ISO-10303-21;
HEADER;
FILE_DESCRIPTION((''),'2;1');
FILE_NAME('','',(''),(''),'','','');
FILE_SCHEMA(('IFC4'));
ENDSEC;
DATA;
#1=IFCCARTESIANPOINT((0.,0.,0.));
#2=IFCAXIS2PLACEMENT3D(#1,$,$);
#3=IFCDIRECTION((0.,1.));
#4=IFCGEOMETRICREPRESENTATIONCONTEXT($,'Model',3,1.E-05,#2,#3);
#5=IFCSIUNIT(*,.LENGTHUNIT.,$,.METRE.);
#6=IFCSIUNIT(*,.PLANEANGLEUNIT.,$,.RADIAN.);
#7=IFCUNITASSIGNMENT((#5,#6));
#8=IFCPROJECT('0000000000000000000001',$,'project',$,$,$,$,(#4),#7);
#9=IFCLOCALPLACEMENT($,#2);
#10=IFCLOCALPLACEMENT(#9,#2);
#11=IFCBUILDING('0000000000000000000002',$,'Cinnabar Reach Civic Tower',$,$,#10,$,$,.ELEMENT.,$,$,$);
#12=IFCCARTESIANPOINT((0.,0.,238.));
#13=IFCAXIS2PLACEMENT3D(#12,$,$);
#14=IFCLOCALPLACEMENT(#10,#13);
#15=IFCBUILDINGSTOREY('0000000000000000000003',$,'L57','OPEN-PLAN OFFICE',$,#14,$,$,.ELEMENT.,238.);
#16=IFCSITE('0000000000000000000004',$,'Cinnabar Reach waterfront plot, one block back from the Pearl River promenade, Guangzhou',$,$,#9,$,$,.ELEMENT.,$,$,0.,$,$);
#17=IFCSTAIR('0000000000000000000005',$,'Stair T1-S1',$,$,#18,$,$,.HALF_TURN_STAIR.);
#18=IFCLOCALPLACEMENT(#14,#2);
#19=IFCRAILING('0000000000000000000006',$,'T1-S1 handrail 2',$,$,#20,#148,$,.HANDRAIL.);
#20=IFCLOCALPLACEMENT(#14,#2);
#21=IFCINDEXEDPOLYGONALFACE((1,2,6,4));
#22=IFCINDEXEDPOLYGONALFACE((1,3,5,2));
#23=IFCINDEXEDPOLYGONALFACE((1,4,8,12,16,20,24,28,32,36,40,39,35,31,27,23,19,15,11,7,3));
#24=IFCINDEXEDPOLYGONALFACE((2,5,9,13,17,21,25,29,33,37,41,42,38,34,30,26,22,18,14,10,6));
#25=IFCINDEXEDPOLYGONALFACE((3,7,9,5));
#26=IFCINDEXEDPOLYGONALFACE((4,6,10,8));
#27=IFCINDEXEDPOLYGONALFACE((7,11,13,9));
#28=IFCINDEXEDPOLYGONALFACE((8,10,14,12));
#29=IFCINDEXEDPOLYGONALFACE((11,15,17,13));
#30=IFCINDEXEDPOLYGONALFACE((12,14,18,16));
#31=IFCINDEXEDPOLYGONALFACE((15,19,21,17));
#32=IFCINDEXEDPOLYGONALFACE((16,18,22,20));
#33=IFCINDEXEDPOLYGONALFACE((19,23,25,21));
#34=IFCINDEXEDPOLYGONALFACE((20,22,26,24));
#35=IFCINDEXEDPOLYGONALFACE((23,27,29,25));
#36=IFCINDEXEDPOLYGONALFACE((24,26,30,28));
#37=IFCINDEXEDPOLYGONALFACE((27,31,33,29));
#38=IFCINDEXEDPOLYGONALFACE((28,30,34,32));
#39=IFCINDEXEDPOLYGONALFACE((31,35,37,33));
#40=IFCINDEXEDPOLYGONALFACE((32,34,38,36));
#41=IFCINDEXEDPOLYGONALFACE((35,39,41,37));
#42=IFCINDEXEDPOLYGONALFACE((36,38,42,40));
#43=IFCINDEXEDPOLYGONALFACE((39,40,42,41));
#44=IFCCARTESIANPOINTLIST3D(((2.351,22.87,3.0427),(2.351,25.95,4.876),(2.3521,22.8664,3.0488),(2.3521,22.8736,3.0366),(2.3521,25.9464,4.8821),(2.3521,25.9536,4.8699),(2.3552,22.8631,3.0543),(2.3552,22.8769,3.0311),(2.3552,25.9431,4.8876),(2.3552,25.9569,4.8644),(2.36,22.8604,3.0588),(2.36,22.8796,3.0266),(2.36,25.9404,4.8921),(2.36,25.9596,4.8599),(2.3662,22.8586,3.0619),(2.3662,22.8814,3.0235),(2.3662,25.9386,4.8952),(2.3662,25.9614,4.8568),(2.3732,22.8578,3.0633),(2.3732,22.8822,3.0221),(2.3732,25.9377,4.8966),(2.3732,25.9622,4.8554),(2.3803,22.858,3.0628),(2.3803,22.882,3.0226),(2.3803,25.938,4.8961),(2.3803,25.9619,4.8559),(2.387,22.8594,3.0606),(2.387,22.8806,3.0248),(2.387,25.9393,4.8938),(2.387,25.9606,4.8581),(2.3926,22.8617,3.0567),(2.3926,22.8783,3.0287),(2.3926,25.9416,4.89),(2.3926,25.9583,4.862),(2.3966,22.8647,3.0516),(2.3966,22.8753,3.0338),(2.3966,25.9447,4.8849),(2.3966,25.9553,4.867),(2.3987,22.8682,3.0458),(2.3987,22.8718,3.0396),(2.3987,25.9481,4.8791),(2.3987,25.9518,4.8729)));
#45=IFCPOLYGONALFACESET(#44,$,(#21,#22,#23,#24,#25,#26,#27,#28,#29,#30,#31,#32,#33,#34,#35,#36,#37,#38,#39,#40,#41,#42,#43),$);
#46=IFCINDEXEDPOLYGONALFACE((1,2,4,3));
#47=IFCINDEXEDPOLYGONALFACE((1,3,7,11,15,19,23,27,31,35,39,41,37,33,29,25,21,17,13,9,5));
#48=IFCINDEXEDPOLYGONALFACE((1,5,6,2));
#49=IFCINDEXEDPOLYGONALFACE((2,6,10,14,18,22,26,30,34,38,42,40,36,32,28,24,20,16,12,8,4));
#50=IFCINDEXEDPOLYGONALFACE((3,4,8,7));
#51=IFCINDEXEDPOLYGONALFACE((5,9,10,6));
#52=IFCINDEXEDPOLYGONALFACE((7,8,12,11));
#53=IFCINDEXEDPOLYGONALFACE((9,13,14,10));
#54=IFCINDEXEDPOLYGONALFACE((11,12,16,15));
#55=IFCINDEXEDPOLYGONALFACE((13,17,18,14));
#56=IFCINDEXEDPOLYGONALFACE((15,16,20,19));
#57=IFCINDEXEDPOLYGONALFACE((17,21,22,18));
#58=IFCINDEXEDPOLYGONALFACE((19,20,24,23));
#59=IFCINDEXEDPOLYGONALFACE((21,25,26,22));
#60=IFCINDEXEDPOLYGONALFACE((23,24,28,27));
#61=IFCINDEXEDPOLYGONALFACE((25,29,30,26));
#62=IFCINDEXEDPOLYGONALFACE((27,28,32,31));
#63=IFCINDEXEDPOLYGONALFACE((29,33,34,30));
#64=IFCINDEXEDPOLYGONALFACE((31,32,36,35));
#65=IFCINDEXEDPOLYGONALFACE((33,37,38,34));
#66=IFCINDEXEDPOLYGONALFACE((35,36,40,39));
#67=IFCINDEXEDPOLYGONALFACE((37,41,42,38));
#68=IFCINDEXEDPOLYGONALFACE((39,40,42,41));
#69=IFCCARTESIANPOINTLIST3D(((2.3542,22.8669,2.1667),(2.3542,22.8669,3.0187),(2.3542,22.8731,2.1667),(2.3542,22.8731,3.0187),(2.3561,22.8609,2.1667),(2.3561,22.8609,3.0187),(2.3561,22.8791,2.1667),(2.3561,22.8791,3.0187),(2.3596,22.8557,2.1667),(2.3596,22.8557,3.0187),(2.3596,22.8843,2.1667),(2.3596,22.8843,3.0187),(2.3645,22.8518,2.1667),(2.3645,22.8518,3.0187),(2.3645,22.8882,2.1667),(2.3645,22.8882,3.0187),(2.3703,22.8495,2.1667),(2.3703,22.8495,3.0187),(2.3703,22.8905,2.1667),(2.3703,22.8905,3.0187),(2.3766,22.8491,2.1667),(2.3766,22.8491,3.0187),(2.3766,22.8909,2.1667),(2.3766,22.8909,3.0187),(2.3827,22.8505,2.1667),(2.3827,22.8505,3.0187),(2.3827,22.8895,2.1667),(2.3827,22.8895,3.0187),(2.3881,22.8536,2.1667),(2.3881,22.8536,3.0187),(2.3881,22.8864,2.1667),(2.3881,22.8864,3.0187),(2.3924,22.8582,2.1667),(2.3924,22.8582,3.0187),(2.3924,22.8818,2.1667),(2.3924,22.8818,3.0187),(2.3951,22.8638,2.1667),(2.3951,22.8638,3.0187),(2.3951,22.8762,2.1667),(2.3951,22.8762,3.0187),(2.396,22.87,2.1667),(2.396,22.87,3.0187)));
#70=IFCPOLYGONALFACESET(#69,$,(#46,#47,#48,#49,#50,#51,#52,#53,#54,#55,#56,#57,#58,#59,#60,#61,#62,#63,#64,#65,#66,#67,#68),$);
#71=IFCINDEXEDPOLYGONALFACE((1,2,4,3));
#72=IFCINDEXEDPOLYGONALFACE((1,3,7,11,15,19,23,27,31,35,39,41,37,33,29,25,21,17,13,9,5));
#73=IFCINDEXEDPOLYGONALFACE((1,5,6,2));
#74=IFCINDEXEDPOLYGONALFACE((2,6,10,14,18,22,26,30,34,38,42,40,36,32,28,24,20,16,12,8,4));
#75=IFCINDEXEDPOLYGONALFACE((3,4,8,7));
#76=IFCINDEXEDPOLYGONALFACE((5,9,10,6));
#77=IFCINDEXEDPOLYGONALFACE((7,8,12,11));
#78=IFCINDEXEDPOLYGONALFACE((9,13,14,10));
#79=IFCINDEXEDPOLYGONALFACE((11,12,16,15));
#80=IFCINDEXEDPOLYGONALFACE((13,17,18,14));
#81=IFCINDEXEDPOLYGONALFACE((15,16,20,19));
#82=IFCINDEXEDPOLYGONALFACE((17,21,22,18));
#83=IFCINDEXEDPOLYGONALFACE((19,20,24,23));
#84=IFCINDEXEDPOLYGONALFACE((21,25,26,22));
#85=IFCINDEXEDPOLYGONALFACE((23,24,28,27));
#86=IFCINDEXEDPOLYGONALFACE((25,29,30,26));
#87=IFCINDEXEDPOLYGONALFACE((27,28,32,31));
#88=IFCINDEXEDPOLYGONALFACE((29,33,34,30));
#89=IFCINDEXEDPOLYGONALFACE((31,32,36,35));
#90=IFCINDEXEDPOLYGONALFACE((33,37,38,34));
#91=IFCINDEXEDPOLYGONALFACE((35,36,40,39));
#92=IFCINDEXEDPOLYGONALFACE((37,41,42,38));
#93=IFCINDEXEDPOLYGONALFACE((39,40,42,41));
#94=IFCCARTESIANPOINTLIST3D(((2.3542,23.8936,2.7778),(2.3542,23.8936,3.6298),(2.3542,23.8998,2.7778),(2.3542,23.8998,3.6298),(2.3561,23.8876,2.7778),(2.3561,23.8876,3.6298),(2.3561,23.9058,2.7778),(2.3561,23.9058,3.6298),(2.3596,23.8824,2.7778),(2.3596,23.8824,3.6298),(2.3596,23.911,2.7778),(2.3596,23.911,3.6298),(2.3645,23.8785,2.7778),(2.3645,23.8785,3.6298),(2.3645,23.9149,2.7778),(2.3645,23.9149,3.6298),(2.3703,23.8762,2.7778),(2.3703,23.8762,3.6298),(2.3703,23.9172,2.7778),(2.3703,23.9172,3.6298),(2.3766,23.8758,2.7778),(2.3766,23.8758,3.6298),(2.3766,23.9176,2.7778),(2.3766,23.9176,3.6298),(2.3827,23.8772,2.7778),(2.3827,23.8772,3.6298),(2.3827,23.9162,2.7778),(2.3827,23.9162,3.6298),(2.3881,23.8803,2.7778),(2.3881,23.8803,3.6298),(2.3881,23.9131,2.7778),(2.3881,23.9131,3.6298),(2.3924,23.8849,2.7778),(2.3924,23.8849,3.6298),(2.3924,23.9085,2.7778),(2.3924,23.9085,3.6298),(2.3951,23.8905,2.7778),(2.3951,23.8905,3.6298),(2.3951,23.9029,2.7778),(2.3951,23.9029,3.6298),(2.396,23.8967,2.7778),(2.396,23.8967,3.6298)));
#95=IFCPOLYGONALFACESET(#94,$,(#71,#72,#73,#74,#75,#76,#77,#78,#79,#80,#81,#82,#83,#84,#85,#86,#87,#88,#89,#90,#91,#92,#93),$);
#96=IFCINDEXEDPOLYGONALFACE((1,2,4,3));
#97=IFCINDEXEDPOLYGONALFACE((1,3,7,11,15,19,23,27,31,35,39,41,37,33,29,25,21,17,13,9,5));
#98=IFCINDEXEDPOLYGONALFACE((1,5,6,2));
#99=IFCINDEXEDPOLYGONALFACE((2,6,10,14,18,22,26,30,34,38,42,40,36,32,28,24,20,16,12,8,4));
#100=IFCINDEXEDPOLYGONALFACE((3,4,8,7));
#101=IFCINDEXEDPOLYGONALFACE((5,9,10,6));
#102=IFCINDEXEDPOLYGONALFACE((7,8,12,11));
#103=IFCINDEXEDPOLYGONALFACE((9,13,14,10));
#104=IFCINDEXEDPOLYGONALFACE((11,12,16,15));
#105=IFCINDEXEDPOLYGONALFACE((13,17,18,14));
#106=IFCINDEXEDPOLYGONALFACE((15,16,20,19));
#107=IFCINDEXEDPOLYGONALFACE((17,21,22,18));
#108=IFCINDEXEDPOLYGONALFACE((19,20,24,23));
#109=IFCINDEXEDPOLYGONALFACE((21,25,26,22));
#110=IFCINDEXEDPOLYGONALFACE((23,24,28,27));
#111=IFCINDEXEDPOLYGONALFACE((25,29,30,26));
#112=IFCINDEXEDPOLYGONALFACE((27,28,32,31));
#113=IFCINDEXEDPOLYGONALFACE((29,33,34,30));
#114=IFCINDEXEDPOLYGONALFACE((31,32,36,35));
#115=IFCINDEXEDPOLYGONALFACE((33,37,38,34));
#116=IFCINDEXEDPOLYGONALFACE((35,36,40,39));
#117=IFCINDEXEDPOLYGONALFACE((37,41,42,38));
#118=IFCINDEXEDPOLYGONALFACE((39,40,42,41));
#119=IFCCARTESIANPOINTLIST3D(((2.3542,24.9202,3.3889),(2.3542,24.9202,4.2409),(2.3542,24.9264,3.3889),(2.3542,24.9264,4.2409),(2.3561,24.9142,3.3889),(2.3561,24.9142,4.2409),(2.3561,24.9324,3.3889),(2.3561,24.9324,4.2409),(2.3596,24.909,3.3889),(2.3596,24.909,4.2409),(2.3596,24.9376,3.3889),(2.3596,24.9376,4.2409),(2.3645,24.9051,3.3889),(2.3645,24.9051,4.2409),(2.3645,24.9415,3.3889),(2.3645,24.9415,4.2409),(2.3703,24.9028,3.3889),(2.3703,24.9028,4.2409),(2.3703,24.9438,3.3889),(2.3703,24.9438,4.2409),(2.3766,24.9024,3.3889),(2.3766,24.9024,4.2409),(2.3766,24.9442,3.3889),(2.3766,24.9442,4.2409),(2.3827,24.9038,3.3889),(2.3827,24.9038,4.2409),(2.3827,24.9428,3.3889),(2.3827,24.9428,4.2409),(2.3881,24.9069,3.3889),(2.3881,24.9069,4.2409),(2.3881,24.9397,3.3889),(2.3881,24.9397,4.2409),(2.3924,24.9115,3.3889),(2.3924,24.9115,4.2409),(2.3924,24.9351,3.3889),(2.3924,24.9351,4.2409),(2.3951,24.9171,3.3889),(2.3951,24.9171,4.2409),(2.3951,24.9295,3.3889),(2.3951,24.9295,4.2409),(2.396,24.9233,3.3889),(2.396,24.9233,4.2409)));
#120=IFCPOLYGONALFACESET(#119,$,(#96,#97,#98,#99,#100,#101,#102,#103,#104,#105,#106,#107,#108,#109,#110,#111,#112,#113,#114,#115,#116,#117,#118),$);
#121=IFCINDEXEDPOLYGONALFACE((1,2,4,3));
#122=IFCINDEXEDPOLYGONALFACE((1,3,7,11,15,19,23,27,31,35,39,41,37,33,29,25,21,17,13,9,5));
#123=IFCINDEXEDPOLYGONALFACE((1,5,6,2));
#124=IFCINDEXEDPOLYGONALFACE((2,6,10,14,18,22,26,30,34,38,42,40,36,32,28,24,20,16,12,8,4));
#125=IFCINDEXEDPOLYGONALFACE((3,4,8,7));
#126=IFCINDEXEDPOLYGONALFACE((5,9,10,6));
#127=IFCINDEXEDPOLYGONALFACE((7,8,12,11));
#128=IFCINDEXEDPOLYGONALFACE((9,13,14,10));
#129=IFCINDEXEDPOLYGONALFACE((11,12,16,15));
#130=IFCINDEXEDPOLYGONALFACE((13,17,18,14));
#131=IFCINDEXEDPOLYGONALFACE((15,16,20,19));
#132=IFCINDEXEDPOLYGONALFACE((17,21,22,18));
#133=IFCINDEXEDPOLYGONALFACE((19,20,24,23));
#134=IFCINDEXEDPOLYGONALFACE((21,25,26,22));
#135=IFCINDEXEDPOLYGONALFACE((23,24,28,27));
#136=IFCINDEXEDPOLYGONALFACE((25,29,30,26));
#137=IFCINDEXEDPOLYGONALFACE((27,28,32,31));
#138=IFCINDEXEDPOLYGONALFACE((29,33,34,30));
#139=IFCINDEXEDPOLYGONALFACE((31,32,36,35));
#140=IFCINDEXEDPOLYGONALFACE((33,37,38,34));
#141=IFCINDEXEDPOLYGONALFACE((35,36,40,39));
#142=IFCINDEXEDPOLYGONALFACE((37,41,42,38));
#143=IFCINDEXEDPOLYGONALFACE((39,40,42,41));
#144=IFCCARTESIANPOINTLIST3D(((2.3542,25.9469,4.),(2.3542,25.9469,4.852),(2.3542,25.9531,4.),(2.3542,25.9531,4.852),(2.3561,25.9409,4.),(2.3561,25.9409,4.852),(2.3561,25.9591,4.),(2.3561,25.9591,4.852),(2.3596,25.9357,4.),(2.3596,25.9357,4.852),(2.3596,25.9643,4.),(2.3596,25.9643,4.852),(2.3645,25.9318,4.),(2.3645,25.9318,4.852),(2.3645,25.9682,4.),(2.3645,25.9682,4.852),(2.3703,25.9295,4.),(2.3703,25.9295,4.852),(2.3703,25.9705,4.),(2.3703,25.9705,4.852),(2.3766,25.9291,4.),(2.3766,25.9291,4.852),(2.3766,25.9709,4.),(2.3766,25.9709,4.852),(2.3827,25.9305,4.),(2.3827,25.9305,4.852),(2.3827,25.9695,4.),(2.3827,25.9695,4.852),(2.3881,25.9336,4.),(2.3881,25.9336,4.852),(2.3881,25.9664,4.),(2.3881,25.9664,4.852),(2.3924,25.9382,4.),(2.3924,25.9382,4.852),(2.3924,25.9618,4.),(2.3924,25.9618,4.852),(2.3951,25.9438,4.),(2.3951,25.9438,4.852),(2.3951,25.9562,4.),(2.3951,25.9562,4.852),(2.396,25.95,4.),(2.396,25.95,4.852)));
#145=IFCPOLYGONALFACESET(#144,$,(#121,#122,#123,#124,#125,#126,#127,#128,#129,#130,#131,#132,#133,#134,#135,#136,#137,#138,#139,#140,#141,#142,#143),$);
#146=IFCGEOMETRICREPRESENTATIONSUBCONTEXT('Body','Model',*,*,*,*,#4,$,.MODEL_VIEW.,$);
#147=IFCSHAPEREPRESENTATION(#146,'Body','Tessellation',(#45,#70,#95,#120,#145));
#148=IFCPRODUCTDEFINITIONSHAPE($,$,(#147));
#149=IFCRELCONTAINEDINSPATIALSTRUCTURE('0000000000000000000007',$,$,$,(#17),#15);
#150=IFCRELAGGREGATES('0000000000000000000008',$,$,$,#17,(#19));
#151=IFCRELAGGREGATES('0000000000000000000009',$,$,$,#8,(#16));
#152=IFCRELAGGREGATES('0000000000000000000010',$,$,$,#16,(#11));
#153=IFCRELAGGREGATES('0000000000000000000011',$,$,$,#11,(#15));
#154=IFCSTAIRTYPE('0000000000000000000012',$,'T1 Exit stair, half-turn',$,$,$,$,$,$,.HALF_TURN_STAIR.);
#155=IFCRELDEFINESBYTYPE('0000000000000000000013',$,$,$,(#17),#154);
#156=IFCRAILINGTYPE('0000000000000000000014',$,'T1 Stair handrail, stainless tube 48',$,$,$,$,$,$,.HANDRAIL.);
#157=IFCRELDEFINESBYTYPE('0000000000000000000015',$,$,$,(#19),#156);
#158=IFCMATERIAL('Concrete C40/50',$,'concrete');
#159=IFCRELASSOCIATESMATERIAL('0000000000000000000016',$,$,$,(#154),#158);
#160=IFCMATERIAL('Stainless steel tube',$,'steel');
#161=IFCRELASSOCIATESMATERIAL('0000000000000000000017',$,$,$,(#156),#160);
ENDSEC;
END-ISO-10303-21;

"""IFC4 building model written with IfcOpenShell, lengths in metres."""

from ifc_helpers import new_model, si_unit, direction, frame, origin, origin_2d, place, context, subcontext, project, spatial, circle, extrude, material, type_object, element, aggregate, save


model = new_model("IFC4")

# Units and contexts
model_context = context("Model", 3, precision=1e-05, world=origin(), true_north=direction((0.0, 1.0)))
body_context = subcontext(model_context, "Body", "Model", "MODEL_VIEW")
ifc_project = project(units=[si_unit("LENGTHUNIT", "METRE"), si_unit("PLANEANGLEUNIT", "RADIAN")], contexts=[model_context])

# Site, building, storey
site_placement = place(None, origin())
site = spatial("IfcSite", under=ifc_project, at=site_placement, Name="Cinnabar Reach waterfront plot, one block back from the Pearl River promenade, Guangzhou", CompositionType="ELEMENT", RefElevation=0.0)
building_placement = place(site_placement, origin())
building = spatial("IfcBuilding", under=site, at=building_placement, Name="Cinnabar Reach Civic Tower", CompositionType="ELEMENT")
storey_placement = place(building_placement, frame((0.0, 0.0, 238.0)))
storey = spatial("IfcBuildingStorey", under=building, at=storey_placement, Name="L57", Description="OPEN-PLAN OFFICE", CompositionType="ELEMENT", Elevation=238.0)

# Shared definitions
ifc_material_1 = material(Name="Concrete C40/50", Category="concrete")

# Stair, railing
stair_type = type_object("IfcStairType", Name="T1 Exit stair, half-turn", PredefinedType="HALF_TURN_STAIR", material=ifc_material_1)
stair_placement = place(storey_placement, origin())
stair = element("IfcStair", 1, at=stair_placement, inside=storey, type_object=stair_type, Name="Stair T1-S1", PredefinedType="HALF_TURN_STAIR")
ifc_material_2 = material(Name="Stainless steel tube", Category="steel")
railing_type = type_object("IfcRailingType", Name="T1 Stair handrail, stainless tube 48", PredefinedType="HANDRAIL", material=ifc_material_2)
railing_1_placement = place(storey_placement, frame((2.375, 22.87, 2.1667)))
railing_1 = element("IfcRailing", 2, at=railing_1_placement, type_object=railing_type, Name="T1-S1 handrail 2", PredefinedType="HANDRAIL", context=body_context, shape_type="SweptSolid", body=[
    extrude(circle(Radius=0.024, at=origin_2d()), frame((0.0, 0.0, 0.876), z_axis=(0.0, 0.859297, 0.511477), x_axis=(-1.0, 0.0, 0.0)), (0.0, 0.0, 1.0), 3.5843),
    extrude(circle(Radius=0.021, at=origin_2d()), origin(), (0.0, 0.0, 1.0), 0.852),
    extrude(circle(Radius=0.021, at=origin_2d()), frame((0.0, 1.0267, 0.6111)), (0.0, 0.0, 1.0), 0.852),
    extrude(circle(Radius=0.021, at=origin_2d()), frame((0.0, 2.0533, 1.2222)), (0.0, 0.0, 1.0), 0.852),
    extrude(circle(Radius=0.021, at=origin_2d()), frame((0.0, 3.08, 1.8333)), (0.0, 0.0, 1.0), 0.852),
])
aggregate(stair, [railing_1])

save(model, "model.ifc")
